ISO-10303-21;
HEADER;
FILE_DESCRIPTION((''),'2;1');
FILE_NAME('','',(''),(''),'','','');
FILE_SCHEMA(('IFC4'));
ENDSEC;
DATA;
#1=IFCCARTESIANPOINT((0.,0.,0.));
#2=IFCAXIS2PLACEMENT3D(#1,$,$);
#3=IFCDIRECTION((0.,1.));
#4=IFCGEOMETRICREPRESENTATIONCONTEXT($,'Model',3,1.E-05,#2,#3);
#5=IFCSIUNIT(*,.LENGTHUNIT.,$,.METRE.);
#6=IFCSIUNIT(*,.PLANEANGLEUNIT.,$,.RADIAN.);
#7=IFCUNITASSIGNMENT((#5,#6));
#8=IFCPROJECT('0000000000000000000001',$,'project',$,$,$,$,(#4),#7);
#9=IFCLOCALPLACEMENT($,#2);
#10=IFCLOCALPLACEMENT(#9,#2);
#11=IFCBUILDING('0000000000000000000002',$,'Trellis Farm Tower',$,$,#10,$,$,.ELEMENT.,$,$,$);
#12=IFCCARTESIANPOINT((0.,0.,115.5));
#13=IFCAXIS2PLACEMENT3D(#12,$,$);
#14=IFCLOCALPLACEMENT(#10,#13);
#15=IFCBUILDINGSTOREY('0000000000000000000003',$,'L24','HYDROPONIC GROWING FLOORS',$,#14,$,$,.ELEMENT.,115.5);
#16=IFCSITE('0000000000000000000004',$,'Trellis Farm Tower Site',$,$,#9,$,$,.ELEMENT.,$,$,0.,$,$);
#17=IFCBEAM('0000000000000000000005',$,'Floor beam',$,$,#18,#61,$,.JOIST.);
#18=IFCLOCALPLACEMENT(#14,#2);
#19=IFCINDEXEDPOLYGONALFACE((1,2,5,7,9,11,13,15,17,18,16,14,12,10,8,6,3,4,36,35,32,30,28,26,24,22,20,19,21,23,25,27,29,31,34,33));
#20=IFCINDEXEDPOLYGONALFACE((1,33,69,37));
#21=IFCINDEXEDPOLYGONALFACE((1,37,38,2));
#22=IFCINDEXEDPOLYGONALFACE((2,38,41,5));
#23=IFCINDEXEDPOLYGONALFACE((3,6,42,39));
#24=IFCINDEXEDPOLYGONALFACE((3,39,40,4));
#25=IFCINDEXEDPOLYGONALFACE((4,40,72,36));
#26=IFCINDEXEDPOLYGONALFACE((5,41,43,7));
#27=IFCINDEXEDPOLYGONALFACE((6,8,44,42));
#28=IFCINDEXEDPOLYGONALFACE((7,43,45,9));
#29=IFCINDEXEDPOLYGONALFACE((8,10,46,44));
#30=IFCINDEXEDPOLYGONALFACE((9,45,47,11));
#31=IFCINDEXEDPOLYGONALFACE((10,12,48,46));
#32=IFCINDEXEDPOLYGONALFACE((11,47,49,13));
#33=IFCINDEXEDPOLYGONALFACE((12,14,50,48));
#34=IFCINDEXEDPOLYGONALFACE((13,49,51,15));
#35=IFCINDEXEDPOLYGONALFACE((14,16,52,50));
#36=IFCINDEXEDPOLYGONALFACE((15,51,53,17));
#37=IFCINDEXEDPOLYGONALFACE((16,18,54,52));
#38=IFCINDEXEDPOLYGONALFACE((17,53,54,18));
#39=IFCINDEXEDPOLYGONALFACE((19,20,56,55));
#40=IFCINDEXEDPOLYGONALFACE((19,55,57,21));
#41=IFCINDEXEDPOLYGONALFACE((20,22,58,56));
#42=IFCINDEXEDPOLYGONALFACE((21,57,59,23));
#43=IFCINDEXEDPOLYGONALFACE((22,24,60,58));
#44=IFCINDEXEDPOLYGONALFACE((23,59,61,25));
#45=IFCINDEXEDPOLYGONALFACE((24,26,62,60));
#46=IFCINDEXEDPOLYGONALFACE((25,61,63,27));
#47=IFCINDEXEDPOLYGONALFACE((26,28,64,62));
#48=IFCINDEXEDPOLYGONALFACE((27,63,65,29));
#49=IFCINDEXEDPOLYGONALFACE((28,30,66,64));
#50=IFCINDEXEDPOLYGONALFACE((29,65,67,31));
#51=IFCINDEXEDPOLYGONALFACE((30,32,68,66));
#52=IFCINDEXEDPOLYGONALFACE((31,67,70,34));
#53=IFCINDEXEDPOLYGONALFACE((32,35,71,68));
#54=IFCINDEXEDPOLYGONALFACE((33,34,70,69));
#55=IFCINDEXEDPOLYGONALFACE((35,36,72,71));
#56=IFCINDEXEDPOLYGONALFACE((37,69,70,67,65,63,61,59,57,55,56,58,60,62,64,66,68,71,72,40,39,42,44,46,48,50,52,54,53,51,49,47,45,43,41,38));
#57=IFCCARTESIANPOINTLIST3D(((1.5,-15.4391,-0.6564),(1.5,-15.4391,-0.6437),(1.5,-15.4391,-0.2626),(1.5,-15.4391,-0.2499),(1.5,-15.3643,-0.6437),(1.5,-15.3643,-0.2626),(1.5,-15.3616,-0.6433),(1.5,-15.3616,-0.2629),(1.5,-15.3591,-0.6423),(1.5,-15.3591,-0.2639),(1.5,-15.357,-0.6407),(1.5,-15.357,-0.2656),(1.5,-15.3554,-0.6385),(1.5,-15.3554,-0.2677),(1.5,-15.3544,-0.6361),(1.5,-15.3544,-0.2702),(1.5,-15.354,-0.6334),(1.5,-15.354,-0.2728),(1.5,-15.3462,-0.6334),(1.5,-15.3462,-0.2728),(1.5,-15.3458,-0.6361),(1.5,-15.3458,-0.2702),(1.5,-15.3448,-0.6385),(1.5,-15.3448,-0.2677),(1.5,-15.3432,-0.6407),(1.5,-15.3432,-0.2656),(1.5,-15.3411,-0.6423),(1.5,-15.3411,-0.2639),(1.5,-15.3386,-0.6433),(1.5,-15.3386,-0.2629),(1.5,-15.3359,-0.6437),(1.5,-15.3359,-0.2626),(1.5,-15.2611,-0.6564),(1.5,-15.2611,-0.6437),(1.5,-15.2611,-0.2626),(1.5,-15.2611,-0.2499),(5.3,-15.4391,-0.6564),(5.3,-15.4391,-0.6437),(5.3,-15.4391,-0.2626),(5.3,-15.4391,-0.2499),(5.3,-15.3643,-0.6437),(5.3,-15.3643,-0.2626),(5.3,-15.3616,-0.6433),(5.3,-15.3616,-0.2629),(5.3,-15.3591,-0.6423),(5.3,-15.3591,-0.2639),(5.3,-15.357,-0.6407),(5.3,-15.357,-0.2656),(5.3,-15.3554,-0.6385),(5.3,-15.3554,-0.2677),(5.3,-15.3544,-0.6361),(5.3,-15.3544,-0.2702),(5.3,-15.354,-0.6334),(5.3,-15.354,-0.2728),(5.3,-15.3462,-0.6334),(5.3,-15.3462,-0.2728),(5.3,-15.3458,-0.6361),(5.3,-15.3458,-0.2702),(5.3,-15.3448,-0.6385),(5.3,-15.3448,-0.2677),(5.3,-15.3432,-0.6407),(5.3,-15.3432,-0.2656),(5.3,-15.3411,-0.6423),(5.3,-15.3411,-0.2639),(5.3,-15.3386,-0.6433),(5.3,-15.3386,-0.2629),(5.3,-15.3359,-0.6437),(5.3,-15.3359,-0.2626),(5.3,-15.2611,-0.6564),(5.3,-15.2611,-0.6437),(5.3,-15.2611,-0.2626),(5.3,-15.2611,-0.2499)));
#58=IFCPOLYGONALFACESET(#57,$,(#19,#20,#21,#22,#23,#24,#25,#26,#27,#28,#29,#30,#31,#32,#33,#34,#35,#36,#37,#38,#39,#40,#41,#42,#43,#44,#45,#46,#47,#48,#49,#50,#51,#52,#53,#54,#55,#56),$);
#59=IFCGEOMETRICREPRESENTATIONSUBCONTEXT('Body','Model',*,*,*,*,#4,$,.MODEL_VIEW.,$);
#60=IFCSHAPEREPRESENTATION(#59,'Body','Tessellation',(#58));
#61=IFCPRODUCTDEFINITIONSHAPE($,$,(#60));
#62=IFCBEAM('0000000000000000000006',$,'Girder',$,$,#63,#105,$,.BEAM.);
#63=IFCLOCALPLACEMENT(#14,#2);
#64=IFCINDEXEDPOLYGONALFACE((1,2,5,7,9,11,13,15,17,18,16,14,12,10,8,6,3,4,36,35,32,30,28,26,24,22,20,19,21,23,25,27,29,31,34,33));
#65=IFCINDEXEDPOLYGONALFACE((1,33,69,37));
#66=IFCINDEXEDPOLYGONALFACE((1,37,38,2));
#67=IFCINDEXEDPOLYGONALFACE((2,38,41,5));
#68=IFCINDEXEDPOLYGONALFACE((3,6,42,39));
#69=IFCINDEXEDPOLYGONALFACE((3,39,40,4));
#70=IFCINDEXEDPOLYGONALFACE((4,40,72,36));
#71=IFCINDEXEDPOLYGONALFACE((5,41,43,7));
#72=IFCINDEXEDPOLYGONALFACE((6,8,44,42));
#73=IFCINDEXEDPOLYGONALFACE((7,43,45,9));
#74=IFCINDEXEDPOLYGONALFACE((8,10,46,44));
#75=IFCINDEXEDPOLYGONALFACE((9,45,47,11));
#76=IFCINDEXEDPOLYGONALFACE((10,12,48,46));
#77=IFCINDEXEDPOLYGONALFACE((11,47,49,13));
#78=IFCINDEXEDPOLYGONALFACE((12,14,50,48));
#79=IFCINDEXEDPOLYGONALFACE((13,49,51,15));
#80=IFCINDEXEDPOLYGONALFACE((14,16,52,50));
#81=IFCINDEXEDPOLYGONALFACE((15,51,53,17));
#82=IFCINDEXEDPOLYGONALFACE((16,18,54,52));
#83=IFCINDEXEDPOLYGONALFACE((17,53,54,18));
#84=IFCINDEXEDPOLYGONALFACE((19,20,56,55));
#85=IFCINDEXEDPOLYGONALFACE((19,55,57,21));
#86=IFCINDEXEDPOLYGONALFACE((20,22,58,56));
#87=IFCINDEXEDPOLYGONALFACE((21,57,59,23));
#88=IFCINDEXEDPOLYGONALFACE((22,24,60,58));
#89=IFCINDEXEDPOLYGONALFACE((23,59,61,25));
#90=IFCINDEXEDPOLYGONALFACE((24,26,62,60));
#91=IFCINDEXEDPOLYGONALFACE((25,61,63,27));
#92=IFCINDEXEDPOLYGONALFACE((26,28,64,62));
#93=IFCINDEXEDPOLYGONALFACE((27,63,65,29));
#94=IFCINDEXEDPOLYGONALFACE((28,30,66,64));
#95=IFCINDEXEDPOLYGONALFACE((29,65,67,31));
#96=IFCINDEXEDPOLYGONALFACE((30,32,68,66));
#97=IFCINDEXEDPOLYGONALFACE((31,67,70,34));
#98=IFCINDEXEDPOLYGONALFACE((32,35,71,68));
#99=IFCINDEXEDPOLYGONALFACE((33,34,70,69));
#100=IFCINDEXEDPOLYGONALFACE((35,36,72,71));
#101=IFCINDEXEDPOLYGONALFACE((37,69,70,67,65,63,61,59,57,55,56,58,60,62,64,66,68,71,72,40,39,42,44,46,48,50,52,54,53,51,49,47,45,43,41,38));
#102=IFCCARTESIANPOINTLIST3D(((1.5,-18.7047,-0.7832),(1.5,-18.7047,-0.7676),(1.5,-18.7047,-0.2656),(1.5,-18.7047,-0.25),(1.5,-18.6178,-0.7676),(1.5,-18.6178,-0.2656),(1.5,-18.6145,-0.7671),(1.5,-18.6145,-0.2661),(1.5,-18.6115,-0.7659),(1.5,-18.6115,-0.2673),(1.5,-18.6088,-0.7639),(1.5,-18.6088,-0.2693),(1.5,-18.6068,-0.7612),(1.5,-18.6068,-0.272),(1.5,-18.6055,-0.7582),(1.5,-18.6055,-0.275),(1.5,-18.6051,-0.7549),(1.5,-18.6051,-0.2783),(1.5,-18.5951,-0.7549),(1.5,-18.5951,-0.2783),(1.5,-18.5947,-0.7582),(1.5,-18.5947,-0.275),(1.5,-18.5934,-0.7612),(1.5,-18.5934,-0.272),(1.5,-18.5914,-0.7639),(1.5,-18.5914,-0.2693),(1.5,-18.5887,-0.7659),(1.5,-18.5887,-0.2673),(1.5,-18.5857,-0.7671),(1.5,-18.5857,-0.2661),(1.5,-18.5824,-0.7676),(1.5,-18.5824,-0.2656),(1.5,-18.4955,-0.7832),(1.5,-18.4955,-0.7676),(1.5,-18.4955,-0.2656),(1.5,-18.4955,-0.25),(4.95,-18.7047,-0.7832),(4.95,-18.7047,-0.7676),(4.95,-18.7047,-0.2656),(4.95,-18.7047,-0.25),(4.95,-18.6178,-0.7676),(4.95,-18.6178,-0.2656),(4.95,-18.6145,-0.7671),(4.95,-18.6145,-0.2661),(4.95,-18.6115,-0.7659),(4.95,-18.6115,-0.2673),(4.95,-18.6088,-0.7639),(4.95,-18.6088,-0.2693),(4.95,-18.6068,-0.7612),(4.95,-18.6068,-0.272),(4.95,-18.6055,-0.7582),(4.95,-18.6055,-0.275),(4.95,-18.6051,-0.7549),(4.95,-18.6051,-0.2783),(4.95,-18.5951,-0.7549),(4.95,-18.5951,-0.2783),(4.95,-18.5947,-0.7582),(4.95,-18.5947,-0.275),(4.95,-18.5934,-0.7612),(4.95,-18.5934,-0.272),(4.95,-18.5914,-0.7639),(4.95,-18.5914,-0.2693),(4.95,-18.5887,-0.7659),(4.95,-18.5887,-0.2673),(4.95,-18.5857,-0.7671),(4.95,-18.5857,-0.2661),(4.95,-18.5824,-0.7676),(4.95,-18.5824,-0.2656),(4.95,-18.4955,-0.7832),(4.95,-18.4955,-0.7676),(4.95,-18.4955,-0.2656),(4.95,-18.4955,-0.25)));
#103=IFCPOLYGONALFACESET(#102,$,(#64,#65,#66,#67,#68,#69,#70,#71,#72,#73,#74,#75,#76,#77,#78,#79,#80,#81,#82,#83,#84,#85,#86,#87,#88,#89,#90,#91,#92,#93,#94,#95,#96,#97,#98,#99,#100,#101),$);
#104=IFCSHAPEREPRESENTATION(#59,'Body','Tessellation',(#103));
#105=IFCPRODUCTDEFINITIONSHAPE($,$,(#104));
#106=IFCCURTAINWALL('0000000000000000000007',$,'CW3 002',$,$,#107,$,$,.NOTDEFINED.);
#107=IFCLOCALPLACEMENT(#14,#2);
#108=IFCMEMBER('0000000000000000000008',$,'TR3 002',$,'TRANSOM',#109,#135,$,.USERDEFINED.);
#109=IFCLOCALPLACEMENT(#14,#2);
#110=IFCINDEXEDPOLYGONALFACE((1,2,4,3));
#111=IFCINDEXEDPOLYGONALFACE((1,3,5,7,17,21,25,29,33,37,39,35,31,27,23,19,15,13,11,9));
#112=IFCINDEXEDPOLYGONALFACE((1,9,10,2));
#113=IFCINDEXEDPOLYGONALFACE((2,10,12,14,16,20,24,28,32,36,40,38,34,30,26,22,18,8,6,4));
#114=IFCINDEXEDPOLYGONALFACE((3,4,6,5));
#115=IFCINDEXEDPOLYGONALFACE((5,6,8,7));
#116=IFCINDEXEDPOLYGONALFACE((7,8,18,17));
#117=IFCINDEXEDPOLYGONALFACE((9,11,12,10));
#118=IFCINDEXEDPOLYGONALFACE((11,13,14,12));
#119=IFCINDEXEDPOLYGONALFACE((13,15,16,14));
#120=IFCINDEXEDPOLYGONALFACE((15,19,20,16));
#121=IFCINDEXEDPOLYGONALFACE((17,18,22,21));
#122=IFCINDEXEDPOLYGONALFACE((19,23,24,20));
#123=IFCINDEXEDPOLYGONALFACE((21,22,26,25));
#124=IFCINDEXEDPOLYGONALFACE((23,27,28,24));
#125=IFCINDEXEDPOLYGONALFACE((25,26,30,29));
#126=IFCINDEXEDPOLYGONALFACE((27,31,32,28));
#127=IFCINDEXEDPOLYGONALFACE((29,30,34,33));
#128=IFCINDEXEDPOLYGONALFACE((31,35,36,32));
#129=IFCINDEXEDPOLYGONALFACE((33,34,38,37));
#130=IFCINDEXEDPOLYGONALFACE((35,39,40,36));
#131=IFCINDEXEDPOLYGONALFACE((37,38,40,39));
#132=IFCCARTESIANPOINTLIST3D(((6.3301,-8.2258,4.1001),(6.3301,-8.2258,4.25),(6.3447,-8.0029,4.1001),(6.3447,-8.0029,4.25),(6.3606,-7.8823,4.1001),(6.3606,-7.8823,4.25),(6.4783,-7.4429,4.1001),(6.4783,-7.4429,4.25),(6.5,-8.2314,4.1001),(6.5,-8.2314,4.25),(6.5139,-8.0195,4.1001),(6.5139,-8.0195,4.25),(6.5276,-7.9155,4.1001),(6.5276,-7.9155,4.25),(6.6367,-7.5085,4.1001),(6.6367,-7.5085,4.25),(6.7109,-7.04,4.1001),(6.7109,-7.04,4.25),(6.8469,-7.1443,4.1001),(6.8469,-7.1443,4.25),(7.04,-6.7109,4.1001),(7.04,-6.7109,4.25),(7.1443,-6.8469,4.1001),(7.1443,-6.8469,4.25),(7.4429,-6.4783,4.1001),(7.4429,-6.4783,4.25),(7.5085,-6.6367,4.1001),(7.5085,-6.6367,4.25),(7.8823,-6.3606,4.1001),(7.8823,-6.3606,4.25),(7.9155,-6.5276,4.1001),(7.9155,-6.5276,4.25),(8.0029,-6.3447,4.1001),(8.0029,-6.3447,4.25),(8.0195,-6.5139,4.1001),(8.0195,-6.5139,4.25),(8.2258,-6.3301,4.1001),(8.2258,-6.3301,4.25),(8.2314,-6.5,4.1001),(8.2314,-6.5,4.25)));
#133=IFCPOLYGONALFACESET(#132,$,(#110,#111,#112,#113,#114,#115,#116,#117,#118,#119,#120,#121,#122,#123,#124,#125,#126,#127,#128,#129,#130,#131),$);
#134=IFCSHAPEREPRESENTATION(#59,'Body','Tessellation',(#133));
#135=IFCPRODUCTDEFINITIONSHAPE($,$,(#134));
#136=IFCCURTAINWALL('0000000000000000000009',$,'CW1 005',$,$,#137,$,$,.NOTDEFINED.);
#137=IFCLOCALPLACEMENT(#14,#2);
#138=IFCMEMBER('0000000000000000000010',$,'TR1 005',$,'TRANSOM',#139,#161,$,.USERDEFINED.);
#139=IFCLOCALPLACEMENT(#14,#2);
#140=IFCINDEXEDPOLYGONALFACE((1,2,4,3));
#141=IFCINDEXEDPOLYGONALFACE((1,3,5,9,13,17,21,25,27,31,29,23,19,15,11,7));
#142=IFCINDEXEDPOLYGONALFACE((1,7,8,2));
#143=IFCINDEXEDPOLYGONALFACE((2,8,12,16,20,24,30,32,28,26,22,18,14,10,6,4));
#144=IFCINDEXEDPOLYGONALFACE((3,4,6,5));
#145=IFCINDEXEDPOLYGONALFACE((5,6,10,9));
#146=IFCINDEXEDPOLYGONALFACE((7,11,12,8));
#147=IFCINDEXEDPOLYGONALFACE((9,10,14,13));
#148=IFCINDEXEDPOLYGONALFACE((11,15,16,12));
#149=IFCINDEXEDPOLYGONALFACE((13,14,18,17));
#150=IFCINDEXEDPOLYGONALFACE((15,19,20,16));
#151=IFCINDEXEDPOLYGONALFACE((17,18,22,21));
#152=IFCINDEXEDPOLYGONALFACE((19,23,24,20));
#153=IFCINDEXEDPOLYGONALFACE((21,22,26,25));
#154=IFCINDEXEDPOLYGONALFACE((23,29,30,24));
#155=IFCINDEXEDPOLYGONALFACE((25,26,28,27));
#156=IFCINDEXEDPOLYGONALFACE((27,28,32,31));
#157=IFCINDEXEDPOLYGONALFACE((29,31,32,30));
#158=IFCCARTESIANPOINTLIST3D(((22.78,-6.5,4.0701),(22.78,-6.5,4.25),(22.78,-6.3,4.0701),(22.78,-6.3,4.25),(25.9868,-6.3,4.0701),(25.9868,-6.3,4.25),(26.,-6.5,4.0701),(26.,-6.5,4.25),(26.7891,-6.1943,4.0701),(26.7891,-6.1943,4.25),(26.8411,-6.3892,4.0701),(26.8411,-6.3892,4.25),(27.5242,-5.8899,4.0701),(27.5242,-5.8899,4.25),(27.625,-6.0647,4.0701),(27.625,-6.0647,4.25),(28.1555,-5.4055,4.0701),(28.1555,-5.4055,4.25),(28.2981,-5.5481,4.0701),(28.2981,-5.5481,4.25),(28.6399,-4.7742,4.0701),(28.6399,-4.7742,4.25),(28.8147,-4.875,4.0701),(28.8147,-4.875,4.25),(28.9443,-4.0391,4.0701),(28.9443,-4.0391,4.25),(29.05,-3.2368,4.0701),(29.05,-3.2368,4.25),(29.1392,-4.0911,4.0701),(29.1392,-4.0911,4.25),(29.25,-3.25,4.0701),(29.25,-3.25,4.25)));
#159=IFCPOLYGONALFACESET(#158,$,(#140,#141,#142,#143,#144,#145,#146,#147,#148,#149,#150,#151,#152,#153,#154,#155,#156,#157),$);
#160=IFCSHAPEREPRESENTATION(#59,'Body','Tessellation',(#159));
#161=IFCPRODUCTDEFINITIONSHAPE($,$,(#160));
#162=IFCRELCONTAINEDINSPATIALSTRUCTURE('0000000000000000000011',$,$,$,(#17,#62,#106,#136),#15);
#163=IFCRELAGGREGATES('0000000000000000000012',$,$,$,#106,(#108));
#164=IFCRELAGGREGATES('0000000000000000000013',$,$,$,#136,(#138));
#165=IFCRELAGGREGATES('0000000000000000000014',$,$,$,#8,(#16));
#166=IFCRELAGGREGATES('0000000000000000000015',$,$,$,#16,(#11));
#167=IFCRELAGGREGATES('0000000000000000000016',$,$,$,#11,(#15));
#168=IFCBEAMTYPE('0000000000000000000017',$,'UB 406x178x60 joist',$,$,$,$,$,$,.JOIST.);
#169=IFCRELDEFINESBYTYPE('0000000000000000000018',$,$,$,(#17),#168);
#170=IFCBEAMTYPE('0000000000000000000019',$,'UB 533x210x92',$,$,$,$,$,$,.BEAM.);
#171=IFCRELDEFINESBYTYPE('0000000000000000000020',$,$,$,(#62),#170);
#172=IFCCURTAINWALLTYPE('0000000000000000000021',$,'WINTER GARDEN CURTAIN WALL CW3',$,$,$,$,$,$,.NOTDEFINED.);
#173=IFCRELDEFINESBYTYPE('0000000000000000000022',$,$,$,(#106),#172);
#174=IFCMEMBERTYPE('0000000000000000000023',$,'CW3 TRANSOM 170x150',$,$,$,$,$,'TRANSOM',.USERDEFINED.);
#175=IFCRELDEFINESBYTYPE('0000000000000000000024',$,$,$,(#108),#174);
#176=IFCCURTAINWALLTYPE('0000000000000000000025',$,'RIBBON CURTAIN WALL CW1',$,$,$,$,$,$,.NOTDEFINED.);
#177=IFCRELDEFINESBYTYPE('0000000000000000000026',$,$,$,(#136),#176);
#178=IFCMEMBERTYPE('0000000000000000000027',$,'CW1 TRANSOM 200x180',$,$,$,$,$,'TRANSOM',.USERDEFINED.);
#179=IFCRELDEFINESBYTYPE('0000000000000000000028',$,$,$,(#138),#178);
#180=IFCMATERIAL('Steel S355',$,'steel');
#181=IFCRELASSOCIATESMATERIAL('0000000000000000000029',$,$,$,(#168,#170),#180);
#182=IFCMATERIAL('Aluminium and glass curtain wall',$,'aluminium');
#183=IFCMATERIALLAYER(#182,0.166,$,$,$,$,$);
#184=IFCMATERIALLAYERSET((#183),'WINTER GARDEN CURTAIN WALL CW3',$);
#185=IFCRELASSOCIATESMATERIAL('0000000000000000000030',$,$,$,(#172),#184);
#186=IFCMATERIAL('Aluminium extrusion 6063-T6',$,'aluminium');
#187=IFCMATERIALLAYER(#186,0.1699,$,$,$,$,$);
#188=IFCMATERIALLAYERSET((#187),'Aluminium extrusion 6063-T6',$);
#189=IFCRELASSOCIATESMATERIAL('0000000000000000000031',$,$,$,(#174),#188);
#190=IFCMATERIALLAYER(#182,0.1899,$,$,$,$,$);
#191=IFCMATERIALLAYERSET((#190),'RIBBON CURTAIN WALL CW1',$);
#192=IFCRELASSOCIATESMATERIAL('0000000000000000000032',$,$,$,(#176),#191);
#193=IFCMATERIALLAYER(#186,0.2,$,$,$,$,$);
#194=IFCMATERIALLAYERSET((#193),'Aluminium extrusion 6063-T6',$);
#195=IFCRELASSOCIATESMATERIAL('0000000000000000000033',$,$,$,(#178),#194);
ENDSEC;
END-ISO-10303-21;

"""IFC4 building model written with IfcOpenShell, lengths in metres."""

from ifc_helpers import new_model, si_unit, direction, frame, origin, origin_2d, place, context, subcontext, project, spatial, polyline, i_section, outline, extrude, source, transform, mapped, material, layer, layer_set, material_profile, profile_set, type_object, element, aggregate, save


model = new_model("IFC4")

# Units and contexts
model_context = context("Model", 3, precision=1e-05, world=origin(), true_north=direction((0.0, 1.0)))
body_context = subcontext(model_context, "Body", "Model", "MODEL_VIEW")
ifc_project = project(units=[si_unit("LENGTHUNIT", "METRE"), si_unit("PLANEANGLEUNIT", "RADIAN")], contexts=[model_context])

# Site, building, storey
site_placement = place(None, origin())
site = spatial("IfcSite", under=ifc_project, at=site_placement, Name="Trellis Farm Tower Site", CompositionType="ELEMENT", RefElevation=0.0)
building_placement = place(site_placement, origin())
building = spatial("IfcBuilding", under=site, at=building_placement, Name="Trellis Farm Tower", CompositionType="ELEMENT")
storey_placement = place(building_placement, frame((0.0, 0.0, 115.5)))
storey = spatial("IfcBuildingStorey", under=building, at=storey_placement, Name="L24", Description="HYDROPONIC GROWING FLOORS", CompositionType="ELEMENT", Elevation=115.5)

# Beams
ifc_material_1 = material(Name="Steel S355", Category="steel")
ifc_material_profile_1 = material_profile(ifc_material_1, i_section(OverallWidth=0.178, OverallDepth=0.4065, WebThickness=0.0078, FlangeThickness=0.0127, FilletRadius=0.0103, at=origin_2d()), Name="UB 406x178x60")
ifc_profile_set_1 = profile_set([ifc_material_profile_1], Name="Steel S355")
beam_type_1 = type_object("IfcBeamType", Name="UB 406x178x60 joist", PredefinedType="JOIST", material=ifc_profile_set_1)
shared_shape_1 = source(origin(), body_context, "Body", "SweptSolid", [
    extrude(i_section(OverallWidth=0.178, OverallDepth=0.4065, WebThickness=0.0078, FlangeThickness=0.0127, FilletRadius=0.0103, at=origin_2d()), origin(), (0.0, 0.0, 1.0), 3.8),
])
beam_1_placement = place(storey_placement, frame((1.5, -15.3501, -0.4531), z_axis=(1.0, 0.0, 0.0), x_axis=(0.0, 1.0, 0.0)))
element("IfcBeam", 1, at=beam_1_placement, inside=storey, type_object=beam_type_1, Name="Floor beam", PredefinedType="JOIST", context=body_context, shape_type="MappedRepresentation", body=[
    mapped(shared_shape_1, transform((0.0, 0.0, 0.0))),
])
ifc_material_profile_2 = material_profile(ifc_material_1, i_section(OverallWidth=0.2092, OverallDepth=0.5332, WebThickness=0.01, FlangeThickness=0.0156, FilletRadius=0.0127, at=origin_2d()), Name="UB 533x210x92")
ifc_profile_set_2 = profile_set([ifc_material_profile_2], Name="Steel S355")
beam_type_2 = type_object("IfcBeamType", Name="UB 533x210x92", PredefinedType="BEAM", material=ifc_profile_set_2)
shared_shape_2 = source(origin(), body_context, "Body", "SweptSolid", [
    extrude(i_section(OverallWidth=0.2092, OverallDepth=0.5332, WebThickness=0.01, FlangeThickness=0.0156, FilletRadius=0.0127, at=origin_2d()), origin(), (0.0, 0.0, 1.0), 3.45),
])
beam_2_placement = place(storey_placement, frame((1.5, -18.6001, -0.5166), z_axis=(1.0, 0.0, 0.0), x_axis=(0.0, 1.0, 0.0)))
element("IfcBeam", 2, at=beam_2_placement, inside=storey, type_object=beam_type_2, Name="Girder", PredefinedType="BEAM", context=body_context, shape_type="MappedRepresentation", body=[
    mapped(shared_shape_2, transform((0.0, 0.0, 0.0))),
])

# Curtain wall, member
ifc_material_2 = material(Name="Aluminium and glass curtain wall", Category="aluminium")
ifc_layer_1 = layer(ifc_material_2, 0.166)
ifc_layer_set_1 = layer_set([ifc_layer_1], Name="WINTER GARDEN CURTAIN WALL CW3")
curtain_wall_type_1 = type_object("IfcCurtainWallType", Name="WINTER GARDEN CURTAIN WALL CW3", PredefinedType="NOTDEFINED", material=ifc_layer_set_1)
placement_1 = place(storey_placement, origin())
curtain_wall_1 = element("IfcCurtainWall", 3, at=placement_1, inside=storey, type_object=curtain_wall_type_1, Name="CW3 002", PredefinedType="NOTDEFINED")
ifc_material_3 = material(Name="Aluminium extrusion 6063-T6", Category="aluminium")
ifc_layer_2 = layer(ifc_material_3, 0.1699)
ifc_layer_set_2 = layer_set([ifc_layer_2], Name="Aluminium extrusion 6063-T6")
member_type_1 = type_object("IfcMemberType", Name="CW3 TRANSOM 170x150", ElementType="TRANSOM", PredefinedType="USERDEFINED", material=ifc_layer_set_2)
shared_shape_3 = source(origin(), body_context, "Body", "SweptSolid", [
    extrude(outline(polyline([(6.5, -8.2314), (6.5139, -8.0195), (6.5276, -7.9155), (6.6367, -7.5085), (6.8469, -7.1443), (7.1443, -6.8469), (7.5085, -6.6367), (7.9155, -6.5276), (8.0195, -6.5139), (8.2314, -6.5), (8.2258, -6.3301), (8.0029, -6.3447), (7.8823, -6.3606), (7.4429, -6.4783), (7.04, -6.7109), (6.7109, -7.04), (6.4783, -7.4429), (6.3606, -7.8823), (6.3447, -8.0029), (6.3301, -8.2258), (6.5, -8.2314)])), origin(), (0.0, 0.0, 1.0), 0.1499),
])
member_1_placement = place(storey_placement, frame((0.0, 0.0, 4.1001)))
member_1 = element("IfcMember", 4, at=member_1_placement, type_object=member_type_1, Name="TR3 002", ObjectType="TRANSOM", PredefinedType="USERDEFINED", context=body_context, shape_type="MappedRepresentation", body=[
    mapped(shared_shape_3, transform((0.0, 0.0, 0.0))),
])
aggregate(curtain_wall_1, [member_1])

# Curtain wall, member
ifc_layer_3 = layer(ifc_material_2, 0.1899)
ifc_layer_set_3 = layer_set([ifc_layer_3], Name="RIBBON CURTAIN WALL CW1")
curtain_wall_type_2 = type_object("IfcCurtainWallType", Name="RIBBON CURTAIN WALL CW1", PredefinedType="NOTDEFINED", material=ifc_layer_set_3)
curtain_wall_2 = element("IfcCurtainWall", 5, at=placement_1, inside=storey, type_object=curtain_wall_type_2, Name="CW1 005", PredefinedType="NOTDEFINED")
ifc_layer_4 = layer(ifc_material_3, 0.2)
ifc_layer_set_4 = layer_set([ifc_layer_4], Name="Aluminium extrusion 6063-T6")
member_type_2 = type_object("IfcMemberType", Name="CW1 TRANSOM 200x180", ElementType="TRANSOM", PredefinedType="USERDEFINED", material=ifc_layer_set_4)
shared_shape_4 = source(origin(), body_context, "Body", "SweptSolid", [
    extrude(outline(polyline([(22.78, -6.5), (26.0, -6.5), (26.8411, -6.3892), (27.625, -6.0647), (28.2981, -5.5481), (28.8147, -4.875), (29.1392, -4.0911), (29.25, -3.25), (29.05, -3.2368), (28.9443, -4.0391), (28.6399, -4.7742), (28.1555, -5.4055), (27.5242, -5.8899), (26.7891, -6.1943), (25.9868, -6.3), (22.78, -6.3), (22.78, -6.5)])), origin(), (0.0, 0.0, 1.0), 0.1799),
])
member_2_placement = place(storey_placement, frame((0.0, 0.0, 4.0701)))
member_2 = element("IfcMember", 6, at=member_2_placement, type_object=member_type_2, Name="TR1 005", ObjectType="TRANSOM", PredefinedType="USERDEFINED", context=body_context, shape_type="MappedRepresentation", body=[
    mapped(shared_shape_4, transform((0.0, 0.0, 0.0))),
])
aggregate(curtain_wall_2, [member_2])

save(model, "model.ifc")
